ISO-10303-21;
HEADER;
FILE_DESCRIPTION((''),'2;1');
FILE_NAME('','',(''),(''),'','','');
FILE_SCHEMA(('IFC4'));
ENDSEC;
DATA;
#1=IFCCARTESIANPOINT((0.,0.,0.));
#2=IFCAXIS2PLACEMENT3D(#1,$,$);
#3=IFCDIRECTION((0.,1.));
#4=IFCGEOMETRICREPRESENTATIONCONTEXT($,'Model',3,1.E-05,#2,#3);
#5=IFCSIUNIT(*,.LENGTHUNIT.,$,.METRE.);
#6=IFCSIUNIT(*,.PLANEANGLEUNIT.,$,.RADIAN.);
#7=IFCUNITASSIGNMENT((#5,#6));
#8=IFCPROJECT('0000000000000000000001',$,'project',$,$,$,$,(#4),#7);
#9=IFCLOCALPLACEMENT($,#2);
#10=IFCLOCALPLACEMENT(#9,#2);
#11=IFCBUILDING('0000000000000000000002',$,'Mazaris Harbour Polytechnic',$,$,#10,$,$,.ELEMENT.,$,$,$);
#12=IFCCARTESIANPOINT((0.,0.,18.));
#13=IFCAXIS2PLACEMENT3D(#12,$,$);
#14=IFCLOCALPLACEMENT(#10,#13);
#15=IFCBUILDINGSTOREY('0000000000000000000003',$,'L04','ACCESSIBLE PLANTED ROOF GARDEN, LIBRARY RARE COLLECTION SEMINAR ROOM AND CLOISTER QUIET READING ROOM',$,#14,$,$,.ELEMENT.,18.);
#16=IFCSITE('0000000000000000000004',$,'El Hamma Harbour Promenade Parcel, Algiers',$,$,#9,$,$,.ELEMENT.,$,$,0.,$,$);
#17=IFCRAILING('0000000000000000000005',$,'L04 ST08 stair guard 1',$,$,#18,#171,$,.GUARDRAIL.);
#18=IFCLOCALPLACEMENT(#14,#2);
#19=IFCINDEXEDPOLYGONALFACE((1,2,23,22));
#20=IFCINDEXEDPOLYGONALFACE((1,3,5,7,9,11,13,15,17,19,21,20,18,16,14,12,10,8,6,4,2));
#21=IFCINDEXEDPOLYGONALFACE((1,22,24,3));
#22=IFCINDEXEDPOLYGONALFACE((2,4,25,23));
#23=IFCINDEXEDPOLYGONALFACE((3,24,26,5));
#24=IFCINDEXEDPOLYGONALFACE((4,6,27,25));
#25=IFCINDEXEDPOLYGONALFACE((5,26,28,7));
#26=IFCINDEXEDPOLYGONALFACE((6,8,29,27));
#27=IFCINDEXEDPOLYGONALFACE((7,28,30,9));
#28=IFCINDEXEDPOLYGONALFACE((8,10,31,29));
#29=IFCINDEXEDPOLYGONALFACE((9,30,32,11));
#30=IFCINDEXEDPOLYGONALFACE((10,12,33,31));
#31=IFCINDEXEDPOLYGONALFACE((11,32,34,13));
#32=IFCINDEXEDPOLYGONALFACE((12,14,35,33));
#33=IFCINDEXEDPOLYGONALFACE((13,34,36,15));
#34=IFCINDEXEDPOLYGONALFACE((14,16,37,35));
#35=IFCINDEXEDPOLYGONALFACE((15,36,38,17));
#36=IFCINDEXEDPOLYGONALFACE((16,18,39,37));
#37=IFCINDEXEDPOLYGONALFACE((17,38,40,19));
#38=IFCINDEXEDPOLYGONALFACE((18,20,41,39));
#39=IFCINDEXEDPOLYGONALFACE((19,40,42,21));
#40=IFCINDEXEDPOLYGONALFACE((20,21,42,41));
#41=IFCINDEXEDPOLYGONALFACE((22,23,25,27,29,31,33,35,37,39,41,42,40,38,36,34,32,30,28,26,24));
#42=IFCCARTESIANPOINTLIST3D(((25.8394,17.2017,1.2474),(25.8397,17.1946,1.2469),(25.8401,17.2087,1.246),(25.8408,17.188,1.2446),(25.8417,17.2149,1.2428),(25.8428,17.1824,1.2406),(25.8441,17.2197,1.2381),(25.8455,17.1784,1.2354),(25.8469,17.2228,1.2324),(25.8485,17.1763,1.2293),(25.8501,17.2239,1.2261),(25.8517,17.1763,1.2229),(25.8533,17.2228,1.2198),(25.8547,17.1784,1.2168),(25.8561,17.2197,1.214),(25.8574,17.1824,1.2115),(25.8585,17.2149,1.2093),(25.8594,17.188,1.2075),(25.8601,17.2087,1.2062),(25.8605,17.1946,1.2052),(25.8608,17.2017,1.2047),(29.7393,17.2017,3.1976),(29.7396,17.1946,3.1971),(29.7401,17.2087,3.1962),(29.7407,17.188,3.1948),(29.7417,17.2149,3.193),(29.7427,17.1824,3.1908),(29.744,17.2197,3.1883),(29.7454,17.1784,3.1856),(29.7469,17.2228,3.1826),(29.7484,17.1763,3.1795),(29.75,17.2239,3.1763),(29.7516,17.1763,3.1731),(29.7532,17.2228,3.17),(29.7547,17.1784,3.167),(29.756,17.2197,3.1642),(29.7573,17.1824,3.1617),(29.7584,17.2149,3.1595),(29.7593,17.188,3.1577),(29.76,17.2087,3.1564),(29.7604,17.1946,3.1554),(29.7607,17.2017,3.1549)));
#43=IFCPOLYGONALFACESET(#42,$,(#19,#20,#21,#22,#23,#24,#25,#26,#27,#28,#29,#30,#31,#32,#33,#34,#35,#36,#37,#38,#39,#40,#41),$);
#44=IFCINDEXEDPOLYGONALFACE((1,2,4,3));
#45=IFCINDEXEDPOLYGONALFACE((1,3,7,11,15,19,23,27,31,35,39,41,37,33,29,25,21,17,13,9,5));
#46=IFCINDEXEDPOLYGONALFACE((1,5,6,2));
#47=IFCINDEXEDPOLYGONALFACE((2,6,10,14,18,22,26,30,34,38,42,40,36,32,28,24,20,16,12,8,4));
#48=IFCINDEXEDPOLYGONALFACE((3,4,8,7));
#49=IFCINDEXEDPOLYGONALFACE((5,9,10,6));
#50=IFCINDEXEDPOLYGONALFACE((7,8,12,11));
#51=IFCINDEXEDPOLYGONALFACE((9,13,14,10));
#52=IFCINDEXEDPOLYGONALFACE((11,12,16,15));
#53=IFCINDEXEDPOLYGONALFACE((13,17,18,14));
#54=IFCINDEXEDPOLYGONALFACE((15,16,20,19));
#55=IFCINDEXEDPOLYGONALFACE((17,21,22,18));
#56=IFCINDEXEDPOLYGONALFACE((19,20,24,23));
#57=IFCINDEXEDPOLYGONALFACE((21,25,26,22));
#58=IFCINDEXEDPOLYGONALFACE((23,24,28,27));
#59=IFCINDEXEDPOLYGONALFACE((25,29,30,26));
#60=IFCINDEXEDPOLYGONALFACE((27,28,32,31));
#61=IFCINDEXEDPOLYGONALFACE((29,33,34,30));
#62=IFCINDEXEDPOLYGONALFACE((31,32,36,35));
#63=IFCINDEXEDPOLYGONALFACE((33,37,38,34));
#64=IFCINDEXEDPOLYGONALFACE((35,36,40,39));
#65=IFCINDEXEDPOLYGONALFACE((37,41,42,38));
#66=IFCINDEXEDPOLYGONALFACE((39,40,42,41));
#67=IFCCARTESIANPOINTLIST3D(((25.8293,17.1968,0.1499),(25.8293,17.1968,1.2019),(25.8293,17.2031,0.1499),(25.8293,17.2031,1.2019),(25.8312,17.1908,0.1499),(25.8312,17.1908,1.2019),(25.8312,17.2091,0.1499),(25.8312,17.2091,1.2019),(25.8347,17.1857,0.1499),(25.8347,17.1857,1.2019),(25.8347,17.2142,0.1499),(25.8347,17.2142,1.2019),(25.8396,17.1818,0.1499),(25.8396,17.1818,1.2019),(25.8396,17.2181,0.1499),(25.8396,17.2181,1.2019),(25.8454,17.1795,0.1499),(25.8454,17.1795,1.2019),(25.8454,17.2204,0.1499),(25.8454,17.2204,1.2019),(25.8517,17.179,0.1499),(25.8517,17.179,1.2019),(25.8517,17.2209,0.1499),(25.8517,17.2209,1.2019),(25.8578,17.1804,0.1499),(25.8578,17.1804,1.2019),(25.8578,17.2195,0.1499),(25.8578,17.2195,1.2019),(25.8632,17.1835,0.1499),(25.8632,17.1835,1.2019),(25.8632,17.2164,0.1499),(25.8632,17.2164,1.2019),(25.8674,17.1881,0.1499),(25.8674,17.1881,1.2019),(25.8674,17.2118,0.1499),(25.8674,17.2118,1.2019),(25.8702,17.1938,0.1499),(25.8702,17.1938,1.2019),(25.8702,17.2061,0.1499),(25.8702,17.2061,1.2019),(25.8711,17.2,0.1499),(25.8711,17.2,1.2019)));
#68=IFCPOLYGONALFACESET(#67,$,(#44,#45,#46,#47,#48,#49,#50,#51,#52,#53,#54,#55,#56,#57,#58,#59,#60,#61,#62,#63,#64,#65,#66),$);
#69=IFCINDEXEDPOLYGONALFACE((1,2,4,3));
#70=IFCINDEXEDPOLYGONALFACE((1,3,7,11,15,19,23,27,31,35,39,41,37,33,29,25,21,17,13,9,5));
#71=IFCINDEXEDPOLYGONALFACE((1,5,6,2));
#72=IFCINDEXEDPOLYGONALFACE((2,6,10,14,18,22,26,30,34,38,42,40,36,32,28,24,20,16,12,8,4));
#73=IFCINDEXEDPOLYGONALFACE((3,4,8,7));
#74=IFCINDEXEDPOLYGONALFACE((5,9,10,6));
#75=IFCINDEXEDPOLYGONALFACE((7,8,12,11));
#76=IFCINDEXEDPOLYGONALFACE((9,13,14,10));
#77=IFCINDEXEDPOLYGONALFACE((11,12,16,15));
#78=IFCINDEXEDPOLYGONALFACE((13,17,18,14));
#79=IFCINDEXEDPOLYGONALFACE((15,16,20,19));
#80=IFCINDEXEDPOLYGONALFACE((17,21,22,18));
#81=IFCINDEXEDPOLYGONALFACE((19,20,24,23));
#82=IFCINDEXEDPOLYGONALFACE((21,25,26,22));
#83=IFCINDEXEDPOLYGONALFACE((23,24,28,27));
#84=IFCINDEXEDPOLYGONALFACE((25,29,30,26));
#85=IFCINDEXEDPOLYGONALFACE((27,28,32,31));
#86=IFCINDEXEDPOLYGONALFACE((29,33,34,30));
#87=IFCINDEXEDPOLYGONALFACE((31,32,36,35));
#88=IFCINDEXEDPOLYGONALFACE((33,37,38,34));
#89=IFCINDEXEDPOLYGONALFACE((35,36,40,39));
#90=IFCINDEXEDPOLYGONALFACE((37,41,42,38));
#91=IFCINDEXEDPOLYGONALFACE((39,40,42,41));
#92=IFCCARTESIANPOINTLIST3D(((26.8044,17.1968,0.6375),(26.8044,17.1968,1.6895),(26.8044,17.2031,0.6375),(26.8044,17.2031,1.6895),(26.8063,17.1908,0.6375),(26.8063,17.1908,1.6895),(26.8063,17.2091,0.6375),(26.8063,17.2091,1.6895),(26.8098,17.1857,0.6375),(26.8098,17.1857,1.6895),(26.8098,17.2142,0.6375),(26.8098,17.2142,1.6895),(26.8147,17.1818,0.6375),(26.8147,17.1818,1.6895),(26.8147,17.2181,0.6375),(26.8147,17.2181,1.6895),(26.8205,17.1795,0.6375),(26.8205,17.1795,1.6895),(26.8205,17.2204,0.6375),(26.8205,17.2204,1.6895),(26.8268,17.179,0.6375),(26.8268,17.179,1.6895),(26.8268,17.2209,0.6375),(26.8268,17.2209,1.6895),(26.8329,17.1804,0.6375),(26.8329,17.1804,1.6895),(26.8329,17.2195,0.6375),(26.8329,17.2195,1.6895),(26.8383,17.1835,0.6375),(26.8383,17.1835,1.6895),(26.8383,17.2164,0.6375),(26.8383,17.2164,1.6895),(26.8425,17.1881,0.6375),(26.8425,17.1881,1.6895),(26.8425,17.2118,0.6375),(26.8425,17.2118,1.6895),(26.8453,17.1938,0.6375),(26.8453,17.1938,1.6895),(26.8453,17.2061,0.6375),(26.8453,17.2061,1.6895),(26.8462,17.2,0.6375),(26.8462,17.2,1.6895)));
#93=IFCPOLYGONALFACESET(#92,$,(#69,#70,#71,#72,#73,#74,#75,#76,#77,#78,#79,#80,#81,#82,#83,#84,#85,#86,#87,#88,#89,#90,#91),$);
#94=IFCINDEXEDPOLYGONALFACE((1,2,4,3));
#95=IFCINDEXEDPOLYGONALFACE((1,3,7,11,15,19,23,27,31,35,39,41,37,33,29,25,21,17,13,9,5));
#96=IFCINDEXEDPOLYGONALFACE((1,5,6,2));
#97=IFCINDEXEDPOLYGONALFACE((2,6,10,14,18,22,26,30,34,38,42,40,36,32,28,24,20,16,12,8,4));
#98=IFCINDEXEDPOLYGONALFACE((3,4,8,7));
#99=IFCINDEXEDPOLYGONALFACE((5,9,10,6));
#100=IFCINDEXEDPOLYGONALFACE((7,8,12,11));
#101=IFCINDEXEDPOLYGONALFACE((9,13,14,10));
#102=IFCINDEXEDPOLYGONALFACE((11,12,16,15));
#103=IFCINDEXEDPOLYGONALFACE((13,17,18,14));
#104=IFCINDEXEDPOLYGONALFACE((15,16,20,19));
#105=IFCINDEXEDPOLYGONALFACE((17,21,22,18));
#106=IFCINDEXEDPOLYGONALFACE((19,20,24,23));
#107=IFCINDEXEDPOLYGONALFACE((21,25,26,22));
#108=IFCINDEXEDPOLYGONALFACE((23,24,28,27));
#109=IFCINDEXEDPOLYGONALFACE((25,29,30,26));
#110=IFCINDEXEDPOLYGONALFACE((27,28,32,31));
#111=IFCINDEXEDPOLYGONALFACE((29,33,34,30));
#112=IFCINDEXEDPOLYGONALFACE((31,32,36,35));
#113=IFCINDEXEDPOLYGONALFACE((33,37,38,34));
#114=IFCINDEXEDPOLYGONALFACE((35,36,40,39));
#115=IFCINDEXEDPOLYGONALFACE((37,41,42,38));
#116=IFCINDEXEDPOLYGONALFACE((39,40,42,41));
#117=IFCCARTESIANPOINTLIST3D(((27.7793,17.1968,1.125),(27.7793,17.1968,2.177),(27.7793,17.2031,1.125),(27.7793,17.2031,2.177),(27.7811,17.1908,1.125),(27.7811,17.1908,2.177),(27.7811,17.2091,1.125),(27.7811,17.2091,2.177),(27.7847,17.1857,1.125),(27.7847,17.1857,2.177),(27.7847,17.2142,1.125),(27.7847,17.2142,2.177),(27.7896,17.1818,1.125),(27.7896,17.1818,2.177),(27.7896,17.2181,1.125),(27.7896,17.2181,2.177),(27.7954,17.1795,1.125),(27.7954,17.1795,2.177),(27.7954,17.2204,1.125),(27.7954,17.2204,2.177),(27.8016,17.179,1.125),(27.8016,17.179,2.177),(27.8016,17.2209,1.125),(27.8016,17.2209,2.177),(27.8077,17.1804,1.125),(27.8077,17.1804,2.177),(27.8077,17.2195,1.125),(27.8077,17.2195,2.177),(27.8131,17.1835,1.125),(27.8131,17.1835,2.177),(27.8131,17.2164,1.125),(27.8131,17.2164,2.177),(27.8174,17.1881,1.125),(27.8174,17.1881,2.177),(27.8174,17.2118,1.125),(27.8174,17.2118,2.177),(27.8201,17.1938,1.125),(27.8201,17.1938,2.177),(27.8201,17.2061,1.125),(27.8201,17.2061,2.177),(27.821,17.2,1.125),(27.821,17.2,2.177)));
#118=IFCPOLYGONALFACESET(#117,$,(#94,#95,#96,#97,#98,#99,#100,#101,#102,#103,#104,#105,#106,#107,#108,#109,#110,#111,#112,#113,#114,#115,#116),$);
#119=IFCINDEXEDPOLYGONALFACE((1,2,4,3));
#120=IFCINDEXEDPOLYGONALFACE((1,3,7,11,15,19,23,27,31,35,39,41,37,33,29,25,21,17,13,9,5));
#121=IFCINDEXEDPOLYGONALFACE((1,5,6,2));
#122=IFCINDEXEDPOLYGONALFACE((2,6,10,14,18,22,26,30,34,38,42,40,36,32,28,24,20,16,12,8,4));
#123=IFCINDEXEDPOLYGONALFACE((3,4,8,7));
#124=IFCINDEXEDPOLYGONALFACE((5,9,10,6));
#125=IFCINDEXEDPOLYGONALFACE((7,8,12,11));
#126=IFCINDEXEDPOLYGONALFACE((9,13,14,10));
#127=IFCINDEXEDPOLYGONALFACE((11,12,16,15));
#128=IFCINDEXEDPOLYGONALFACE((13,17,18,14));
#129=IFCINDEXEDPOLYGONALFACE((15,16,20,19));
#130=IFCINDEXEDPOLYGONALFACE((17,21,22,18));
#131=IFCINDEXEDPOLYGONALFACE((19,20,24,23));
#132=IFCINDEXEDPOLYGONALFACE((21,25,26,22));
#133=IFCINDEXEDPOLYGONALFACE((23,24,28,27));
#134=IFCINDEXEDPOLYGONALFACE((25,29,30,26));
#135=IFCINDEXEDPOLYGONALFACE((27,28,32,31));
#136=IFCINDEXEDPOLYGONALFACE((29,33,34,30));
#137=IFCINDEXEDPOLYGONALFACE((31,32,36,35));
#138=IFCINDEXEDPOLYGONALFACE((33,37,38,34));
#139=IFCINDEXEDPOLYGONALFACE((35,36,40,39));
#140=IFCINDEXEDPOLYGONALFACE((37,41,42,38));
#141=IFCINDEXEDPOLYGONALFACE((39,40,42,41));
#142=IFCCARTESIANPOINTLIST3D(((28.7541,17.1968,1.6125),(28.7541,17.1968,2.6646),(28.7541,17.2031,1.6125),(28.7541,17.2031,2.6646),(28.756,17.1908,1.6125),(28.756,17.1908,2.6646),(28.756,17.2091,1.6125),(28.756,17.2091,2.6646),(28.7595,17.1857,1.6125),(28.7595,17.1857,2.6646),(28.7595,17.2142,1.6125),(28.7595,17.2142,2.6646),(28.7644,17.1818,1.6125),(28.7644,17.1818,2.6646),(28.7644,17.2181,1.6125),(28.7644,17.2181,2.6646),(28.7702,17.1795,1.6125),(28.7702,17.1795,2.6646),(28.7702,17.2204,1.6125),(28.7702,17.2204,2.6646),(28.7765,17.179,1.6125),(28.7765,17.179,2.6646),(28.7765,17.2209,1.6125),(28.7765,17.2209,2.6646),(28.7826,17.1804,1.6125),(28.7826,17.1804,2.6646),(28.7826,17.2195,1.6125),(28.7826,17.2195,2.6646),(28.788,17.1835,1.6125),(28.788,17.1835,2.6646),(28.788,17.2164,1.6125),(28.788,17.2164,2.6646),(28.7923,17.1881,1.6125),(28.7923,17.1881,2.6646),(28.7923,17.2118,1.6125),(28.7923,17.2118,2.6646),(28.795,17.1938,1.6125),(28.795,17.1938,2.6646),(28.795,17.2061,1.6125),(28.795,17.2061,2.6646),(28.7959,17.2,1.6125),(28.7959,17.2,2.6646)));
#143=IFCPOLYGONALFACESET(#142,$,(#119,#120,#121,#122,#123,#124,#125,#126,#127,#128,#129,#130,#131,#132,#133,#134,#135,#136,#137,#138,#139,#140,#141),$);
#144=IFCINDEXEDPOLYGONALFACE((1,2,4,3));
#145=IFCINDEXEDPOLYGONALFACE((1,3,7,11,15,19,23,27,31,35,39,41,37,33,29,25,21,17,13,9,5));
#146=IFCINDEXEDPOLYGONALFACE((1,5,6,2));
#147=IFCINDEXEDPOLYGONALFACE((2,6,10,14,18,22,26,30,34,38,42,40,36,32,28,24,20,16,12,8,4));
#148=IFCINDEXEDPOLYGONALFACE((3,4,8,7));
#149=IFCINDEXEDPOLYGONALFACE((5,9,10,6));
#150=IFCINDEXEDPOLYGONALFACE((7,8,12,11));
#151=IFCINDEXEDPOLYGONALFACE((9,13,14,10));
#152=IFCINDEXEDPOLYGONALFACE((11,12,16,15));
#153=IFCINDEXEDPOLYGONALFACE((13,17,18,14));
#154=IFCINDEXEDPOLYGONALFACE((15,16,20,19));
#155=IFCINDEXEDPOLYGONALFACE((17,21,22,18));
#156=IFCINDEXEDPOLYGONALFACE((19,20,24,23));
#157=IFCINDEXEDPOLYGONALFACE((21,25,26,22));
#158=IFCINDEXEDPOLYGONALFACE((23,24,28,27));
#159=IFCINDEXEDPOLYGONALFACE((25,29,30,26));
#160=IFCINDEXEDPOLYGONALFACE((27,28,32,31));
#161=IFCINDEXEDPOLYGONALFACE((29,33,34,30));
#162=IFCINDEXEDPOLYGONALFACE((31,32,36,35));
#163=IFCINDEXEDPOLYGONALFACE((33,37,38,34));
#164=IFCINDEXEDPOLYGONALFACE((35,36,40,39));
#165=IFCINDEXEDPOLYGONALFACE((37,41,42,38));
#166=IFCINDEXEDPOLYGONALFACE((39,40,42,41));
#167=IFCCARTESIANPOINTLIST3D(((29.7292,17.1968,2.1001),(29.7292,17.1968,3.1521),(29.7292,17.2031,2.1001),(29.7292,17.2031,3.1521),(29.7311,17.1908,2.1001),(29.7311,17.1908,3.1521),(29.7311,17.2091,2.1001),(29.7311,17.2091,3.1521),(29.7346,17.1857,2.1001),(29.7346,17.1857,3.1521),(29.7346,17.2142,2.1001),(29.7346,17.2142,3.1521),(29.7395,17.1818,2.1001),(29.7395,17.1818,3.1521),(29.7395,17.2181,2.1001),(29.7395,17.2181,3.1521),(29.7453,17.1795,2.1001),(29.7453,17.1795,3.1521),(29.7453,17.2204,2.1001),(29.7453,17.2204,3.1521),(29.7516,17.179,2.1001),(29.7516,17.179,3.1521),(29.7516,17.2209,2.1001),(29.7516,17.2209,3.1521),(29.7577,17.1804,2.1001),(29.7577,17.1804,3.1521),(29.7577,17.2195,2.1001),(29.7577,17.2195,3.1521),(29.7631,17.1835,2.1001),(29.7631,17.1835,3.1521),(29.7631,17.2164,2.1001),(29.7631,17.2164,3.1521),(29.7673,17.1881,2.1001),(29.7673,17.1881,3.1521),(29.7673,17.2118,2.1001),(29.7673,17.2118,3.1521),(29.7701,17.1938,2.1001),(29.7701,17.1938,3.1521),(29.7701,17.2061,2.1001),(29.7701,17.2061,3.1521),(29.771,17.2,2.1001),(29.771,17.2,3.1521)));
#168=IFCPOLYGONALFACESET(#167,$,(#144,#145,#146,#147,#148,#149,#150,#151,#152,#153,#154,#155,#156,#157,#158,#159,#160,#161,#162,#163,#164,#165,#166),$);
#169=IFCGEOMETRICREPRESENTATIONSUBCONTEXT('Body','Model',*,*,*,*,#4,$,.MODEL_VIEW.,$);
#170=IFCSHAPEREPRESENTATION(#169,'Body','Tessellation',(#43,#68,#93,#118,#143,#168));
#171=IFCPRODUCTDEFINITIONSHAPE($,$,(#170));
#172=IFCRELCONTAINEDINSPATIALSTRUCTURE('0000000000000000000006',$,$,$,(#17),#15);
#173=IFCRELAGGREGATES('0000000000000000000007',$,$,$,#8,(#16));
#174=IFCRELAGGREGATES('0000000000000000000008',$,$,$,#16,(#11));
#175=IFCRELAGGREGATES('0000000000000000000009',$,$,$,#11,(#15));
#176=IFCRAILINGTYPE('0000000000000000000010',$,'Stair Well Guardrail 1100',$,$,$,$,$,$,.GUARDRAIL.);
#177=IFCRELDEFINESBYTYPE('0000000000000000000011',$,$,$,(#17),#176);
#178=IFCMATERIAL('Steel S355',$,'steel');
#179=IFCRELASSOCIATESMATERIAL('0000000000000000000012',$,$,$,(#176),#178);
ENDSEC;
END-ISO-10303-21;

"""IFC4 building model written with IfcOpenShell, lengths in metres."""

from ifc_helpers import new_model, si_unit, direction, frame, origin, origin_2d, place, context, subcontext, project, spatial, circle, extrude, material, type_object, element, save


model = new_model("IFC4")

# Units and contexts
model_context = context("Model", 3, precision=1e-05, world=origin(), true_north=direction((0.0, 1.0)))
body_context = subcontext(model_context, "Body", "Model", "MODEL_VIEW")
ifc_project = project(units=[si_unit("LENGTHUNIT", "METRE"), si_unit("PLANEANGLEUNIT", "RADIAN")], contexts=[model_context])

# Site, building, storey
site_placement = place(None, origin())
site = spatial("IfcSite", under=ifc_project, at=site_placement, Name="El Hamma Harbour Promenade Parcel, Algiers", CompositionType="ELEMENT", RefElevation=0.0)
building_placement = place(site_placement, origin())
building = spatial("IfcBuilding", under=site, at=building_placement, Name="Mazaris Harbour Polytechnic", CompositionType="ELEMENT")
storey_placement = place(building_placement, frame((0.0, 0.0, 18.0)))
storey = spatial("IfcBuildingStorey", under=building, at=storey_placement, Name="L04", Description="ACCESSIBLE PLANTED ROOF GARDEN, LIBRARY RARE COLLECTION SEMINAR ROOM AND CLOISTER QUIET READING ROOM", CompositionType="ELEMENT", Elevation=18.0)

# Railing
ifc_material_1 = material(Name="Steel S355", Category="steel")
railing_type_1 = type_object("IfcRailingType", Name="Stair Well Guardrail 1100", PredefinedType="GUARDRAIL", material=ifc_material_1)
railing_1_placement = place(storey_placement, frame((25.8501, 17.2, 0.1499)))
element("IfcRailing", 1, at=railing_1_placement, inside=storey, type_object=railing_type_1, Name="L04 ST08 stair guard 1", PredefinedType="GUARDRAIL", context=body_context, shape_type="SweptSolid", body=[
    extrude(circle(Radius=0.0239, at=origin_2d()), frame((0.0, 0.0, 1.0762), z_axis=(0.894405, 0.0, 0.447258), x_axis=(0.0, 1.0, 0.0)), (0.0, 0.0, 1.0), 4.3604),
    extrude(circle(Radius=0.021, at=origin_2d()), origin(), (0.0, 0.0, 1.0), 1.052),
    extrude(circle(Radius=0.021, at=origin_2d()), frame((0.9751, 0.0, 0.4875)), (0.0, 0.0, 1.0), 1.052),
    extrude(circle(Radius=0.021, at=origin_2d()), frame((1.95, 0.0, 0.9751)), (0.0, 0.0, 1.0), 1.052),
    extrude(circle(Radius=0.021, at=origin_2d()), frame((2.9248, 0.0, 1.4626)), (0.0, 0.0, 1.0), 1.052),
    extrude(circle(Radius=0.021, at=origin_2d()), frame((3.8999, 0.0, 1.9502)), (0.0, 0.0, 1.0), 1.052),
])

save(model, "model.ifc")
